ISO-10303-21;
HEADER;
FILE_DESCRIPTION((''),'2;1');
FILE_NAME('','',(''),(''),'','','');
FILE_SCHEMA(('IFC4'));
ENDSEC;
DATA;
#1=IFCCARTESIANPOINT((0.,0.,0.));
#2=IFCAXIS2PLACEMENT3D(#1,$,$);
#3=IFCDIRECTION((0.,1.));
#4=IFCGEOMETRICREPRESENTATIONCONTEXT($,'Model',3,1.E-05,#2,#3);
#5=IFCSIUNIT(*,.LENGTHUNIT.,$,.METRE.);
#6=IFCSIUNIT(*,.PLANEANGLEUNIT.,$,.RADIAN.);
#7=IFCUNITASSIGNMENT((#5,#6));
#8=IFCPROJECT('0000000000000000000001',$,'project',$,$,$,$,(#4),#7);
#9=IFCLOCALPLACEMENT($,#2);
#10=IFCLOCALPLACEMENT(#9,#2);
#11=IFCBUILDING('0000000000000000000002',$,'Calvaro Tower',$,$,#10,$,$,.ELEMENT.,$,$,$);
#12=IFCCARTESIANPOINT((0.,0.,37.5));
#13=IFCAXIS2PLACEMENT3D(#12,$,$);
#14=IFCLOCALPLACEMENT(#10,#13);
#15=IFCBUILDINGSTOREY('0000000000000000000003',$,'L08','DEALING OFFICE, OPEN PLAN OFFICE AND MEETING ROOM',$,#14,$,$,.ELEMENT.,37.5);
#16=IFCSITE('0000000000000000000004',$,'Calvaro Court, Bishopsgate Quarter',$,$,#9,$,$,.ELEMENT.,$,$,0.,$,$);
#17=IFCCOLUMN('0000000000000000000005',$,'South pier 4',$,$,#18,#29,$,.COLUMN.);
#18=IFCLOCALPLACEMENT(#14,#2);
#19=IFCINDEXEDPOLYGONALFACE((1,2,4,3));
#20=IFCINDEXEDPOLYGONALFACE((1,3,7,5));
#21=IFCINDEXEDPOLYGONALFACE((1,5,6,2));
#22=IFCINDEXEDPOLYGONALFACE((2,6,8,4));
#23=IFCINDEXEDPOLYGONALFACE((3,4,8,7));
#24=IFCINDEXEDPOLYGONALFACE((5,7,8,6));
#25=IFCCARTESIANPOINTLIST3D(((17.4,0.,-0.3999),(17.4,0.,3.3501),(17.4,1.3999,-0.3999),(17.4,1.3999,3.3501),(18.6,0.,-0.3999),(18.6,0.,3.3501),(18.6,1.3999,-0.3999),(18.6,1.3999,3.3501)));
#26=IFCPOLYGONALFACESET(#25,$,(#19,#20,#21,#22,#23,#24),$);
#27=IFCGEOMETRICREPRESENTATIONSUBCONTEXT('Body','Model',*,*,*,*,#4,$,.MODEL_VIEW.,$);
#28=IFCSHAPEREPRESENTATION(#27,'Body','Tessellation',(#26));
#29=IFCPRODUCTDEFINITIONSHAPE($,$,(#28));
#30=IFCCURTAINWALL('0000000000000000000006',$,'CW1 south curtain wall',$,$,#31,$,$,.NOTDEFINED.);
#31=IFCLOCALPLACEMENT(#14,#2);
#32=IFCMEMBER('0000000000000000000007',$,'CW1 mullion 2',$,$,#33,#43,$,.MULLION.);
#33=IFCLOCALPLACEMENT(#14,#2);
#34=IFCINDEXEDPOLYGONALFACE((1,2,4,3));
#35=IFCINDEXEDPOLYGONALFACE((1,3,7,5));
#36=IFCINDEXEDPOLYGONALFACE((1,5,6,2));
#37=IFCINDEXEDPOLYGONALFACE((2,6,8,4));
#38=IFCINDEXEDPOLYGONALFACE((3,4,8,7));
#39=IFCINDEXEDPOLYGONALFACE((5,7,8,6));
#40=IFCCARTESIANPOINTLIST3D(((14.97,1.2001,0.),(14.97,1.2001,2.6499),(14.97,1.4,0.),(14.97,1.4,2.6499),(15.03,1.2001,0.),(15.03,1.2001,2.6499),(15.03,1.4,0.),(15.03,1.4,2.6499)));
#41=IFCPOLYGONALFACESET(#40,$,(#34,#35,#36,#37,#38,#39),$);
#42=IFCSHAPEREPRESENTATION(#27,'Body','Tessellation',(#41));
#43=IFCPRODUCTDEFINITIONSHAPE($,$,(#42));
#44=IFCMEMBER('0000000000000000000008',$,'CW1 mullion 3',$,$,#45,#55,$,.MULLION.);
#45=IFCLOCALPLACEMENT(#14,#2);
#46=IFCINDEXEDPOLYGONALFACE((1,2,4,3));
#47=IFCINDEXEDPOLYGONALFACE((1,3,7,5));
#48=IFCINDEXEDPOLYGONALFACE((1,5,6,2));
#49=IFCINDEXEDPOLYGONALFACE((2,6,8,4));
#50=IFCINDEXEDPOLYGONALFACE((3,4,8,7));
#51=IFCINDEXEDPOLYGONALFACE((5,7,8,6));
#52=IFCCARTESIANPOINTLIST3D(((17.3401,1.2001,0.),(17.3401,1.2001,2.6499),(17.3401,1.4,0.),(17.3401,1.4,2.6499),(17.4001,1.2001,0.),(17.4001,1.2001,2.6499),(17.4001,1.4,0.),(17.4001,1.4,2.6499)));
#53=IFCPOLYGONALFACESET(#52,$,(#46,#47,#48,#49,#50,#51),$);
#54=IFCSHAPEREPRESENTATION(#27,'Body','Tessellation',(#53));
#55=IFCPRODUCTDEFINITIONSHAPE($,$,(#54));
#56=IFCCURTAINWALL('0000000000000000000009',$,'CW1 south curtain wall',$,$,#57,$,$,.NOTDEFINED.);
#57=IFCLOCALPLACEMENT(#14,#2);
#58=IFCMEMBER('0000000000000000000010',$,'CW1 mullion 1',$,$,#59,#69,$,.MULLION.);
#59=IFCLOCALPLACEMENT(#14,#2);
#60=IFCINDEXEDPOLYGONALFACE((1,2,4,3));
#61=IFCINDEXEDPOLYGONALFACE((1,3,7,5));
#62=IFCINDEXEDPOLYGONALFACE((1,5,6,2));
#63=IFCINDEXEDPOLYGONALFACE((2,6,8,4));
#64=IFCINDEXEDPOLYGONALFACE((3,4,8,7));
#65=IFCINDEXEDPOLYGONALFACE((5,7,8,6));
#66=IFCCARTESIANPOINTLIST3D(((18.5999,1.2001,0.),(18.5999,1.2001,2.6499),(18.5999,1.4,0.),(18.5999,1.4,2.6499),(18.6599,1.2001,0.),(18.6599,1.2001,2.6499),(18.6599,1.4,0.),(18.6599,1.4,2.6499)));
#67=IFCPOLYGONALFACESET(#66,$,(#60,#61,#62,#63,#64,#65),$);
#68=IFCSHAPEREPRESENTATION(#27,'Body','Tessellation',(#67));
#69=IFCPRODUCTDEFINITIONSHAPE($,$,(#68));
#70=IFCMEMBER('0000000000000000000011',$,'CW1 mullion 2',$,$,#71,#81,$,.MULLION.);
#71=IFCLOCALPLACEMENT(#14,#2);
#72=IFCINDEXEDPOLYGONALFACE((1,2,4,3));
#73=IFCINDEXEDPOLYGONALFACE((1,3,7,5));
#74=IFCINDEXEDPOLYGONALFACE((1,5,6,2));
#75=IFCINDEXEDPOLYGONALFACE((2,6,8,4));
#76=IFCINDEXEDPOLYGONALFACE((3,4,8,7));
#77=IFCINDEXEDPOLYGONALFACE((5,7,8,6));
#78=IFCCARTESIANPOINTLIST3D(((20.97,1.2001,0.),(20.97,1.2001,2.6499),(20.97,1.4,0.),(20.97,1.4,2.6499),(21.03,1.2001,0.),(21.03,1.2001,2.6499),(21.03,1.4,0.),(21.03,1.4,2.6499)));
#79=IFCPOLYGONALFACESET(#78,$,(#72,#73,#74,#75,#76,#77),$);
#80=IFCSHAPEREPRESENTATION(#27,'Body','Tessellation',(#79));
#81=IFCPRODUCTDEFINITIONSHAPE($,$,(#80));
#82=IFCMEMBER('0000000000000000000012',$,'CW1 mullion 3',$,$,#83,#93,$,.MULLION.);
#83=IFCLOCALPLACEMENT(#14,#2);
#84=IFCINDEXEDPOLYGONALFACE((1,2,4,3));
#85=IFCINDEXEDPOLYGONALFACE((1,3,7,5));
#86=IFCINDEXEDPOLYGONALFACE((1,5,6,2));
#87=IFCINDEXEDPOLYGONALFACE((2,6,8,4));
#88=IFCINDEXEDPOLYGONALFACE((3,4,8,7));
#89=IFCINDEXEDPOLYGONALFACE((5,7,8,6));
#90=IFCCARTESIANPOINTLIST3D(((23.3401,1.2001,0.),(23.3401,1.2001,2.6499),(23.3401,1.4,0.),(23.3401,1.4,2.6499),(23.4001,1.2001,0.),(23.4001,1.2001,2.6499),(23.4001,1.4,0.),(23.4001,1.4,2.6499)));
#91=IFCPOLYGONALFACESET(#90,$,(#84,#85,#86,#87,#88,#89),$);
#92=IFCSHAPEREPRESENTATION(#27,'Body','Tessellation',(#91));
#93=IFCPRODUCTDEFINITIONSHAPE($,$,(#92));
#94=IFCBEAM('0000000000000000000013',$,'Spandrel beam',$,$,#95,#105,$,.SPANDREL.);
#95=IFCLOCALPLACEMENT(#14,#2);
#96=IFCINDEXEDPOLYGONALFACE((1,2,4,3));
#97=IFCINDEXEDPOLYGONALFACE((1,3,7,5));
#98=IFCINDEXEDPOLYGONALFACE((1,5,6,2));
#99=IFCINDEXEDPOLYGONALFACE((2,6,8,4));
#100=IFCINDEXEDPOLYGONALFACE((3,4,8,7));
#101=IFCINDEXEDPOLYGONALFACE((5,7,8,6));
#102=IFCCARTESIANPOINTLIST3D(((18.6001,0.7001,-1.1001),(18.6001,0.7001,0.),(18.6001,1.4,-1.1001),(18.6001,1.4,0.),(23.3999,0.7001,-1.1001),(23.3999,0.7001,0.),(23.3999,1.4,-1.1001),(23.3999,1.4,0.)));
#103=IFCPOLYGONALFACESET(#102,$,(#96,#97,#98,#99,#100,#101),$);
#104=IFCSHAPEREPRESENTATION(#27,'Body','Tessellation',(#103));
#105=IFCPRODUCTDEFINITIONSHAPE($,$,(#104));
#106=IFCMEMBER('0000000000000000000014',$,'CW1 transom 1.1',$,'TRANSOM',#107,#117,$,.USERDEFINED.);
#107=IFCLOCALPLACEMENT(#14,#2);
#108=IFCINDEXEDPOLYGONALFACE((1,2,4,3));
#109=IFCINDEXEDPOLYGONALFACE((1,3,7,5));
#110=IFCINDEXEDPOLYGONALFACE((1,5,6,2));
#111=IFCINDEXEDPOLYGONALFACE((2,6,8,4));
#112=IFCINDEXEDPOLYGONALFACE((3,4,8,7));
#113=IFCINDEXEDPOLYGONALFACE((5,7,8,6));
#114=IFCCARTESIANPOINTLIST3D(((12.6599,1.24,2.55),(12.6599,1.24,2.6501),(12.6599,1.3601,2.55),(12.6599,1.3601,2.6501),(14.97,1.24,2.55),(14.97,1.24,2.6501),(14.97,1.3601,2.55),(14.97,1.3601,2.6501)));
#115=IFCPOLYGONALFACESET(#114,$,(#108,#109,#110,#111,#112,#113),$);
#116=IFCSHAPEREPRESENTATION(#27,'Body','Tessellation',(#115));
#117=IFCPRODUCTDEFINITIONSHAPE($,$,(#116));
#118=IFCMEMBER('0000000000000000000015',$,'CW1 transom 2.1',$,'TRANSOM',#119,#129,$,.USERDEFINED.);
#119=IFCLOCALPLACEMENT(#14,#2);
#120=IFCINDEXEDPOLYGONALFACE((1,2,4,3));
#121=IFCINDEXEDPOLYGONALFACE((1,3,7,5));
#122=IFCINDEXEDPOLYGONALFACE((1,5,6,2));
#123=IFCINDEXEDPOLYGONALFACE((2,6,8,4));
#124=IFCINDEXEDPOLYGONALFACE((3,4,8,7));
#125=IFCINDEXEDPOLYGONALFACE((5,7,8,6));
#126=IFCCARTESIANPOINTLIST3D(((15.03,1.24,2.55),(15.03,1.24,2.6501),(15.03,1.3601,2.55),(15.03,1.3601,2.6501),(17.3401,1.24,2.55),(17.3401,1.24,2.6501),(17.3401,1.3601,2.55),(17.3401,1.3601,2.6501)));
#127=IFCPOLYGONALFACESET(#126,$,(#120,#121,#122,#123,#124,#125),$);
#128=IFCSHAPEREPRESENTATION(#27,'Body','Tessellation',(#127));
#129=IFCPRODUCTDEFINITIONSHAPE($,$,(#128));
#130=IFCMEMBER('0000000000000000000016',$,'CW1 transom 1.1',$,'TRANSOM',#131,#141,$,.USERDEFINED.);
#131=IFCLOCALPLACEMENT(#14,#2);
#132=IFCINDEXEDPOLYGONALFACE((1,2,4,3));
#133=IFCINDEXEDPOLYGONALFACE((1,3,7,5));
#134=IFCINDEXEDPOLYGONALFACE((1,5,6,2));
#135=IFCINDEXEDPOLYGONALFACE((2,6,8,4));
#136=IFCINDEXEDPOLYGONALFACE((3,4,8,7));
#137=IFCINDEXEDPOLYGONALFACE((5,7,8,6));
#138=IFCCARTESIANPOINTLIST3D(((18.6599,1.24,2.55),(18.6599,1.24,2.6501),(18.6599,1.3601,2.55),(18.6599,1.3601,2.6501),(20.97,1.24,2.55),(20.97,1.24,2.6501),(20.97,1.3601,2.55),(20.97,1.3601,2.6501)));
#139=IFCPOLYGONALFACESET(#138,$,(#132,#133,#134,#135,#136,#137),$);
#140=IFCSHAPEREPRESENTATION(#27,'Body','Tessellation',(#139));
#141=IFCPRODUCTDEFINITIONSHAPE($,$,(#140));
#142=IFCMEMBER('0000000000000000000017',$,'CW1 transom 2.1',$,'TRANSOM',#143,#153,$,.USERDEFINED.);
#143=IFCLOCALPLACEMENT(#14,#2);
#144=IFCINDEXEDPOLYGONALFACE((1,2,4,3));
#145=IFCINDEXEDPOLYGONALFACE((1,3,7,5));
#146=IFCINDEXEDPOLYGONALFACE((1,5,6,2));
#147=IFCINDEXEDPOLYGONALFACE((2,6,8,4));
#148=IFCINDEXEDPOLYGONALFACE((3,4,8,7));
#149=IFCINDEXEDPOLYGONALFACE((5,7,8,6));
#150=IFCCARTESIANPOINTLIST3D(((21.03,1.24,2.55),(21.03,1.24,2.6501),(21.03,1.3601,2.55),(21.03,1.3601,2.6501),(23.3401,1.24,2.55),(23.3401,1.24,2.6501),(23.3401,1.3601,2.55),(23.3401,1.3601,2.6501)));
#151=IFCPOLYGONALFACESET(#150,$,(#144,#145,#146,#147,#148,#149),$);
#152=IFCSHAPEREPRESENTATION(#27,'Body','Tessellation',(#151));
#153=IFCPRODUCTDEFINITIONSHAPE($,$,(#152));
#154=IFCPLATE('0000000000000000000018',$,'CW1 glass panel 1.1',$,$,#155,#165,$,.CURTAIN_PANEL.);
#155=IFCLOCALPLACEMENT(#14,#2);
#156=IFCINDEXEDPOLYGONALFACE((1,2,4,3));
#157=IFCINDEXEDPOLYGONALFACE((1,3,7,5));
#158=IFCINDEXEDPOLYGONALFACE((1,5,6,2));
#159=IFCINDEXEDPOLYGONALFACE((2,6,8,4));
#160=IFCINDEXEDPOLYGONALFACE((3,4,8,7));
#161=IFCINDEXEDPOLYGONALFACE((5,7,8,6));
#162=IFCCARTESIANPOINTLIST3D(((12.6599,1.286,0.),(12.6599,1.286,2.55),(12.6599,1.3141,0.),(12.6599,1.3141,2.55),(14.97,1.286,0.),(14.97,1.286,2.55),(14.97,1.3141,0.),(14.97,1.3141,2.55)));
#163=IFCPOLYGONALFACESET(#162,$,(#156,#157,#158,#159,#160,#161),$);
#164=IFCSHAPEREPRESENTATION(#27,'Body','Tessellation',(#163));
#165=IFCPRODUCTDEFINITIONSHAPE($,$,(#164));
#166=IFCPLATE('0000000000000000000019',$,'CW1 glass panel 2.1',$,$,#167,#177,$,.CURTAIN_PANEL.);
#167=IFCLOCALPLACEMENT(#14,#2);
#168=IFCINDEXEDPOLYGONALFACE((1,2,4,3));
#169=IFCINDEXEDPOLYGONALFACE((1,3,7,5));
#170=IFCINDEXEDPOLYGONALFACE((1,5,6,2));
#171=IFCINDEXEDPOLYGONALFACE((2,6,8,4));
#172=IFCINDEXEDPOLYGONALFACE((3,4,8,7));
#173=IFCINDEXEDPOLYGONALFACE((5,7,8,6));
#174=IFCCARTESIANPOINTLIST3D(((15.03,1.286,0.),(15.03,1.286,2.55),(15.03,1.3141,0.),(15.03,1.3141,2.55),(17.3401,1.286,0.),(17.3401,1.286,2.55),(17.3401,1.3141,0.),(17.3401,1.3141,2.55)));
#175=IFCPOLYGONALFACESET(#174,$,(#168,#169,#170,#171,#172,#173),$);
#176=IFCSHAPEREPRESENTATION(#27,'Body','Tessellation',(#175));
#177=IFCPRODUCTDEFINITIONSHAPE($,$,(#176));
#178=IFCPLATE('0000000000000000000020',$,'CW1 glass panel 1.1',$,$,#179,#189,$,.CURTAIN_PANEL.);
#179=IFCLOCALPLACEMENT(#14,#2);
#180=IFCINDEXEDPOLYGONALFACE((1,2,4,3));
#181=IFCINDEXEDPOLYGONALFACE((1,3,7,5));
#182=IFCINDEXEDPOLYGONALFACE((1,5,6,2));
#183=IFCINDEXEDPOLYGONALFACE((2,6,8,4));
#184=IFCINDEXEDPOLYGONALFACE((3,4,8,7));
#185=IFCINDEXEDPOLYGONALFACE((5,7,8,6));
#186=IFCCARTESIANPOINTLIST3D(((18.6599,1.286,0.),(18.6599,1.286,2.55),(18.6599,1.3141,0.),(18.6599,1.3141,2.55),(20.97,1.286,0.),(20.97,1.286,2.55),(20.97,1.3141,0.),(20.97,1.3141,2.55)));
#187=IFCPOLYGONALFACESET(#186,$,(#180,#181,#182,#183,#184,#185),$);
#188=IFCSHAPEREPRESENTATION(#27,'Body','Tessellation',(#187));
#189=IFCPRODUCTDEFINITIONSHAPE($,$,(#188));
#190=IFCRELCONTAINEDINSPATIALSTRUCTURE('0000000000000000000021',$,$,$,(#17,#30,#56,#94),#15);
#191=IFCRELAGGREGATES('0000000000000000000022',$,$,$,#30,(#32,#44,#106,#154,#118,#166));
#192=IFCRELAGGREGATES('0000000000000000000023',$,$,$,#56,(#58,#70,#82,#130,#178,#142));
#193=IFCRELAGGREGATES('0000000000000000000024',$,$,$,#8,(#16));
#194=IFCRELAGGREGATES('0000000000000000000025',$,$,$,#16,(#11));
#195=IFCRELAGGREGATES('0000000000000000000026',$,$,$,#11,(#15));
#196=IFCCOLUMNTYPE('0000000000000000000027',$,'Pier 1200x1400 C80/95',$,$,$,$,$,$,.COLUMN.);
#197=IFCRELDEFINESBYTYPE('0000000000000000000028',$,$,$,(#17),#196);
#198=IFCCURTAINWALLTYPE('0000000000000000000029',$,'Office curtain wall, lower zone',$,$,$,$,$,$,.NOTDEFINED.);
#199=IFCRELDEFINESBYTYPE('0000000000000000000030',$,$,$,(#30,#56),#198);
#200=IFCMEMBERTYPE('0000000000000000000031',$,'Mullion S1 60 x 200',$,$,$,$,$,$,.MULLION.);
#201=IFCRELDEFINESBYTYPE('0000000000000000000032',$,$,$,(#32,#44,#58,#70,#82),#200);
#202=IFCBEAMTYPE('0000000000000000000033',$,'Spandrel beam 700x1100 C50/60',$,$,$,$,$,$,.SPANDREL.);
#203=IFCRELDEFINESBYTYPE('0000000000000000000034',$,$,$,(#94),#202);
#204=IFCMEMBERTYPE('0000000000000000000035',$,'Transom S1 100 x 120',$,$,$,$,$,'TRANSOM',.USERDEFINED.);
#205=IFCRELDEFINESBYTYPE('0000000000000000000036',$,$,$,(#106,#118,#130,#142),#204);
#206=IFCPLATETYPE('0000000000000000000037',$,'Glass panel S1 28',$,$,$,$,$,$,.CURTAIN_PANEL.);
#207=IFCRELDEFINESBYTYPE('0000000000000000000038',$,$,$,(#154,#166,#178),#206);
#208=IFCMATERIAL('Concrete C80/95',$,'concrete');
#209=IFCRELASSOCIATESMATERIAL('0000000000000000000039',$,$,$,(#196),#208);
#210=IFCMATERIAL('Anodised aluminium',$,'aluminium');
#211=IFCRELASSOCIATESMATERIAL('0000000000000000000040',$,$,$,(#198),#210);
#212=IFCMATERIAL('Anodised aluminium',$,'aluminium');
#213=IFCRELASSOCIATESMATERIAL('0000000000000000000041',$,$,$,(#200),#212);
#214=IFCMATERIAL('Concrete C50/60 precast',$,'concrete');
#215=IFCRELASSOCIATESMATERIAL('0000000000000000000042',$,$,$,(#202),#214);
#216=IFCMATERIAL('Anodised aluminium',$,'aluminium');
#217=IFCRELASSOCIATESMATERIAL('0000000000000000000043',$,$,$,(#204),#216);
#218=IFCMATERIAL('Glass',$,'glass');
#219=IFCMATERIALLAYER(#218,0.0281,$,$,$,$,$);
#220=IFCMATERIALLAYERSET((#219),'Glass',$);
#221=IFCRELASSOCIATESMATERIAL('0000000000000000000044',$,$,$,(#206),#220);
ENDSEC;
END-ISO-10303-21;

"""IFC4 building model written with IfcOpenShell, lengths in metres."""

from ifc_helpers import new_model, si_unit, direction, frame, origin, origin_2d, place, context, subcontext, project, spatial, rectangle, extrude, material, layer, layer_set, material_profile, profile_set, type_object, element, aggregate, save


model = new_model("IFC4")

# Units and contexts
model_context = context("Model", 3, precision=1e-05, world=origin(), true_north=direction((0.0, 1.0)))
body_context = subcontext(model_context, "Body", "Model", "MODEL_VIEW")
ifc_project = project(units=[si_unit("LENGTHUNIT", "METRE"), si_unit("PLANEANGLEUNIT", "RADIAN")], contexts=[model_context])

# Site, building, storey
site_placement = place(None, origin())
site = spatial("IfcSite", under=ifc_project, at=site_placement, Name="Calvaro Court, Bishopsgate Quarter", CompositionType="ELEMENT", RefElevation=0.0)
building_placement = place(site_placement, origin())
building = spatial("IfcBuilding", under=site, at=building_placement, Name="Calvaro Tower", CompositionType="ELEMENT")
storey_placement = place(building_placement, frame((0.0, 0.0, 37.5)))
storey = spatial("IfcBuildingStorey", under=building, at=storey_placement, Name="L08", Description="DEALING OFFICE, OPEN PLAN OFFICE AND MEETING ROOM", CompositionType="ELEMENT", Elevation=37.5)

# Column
ifc_material_1 = material(Name="Concrete C80/95", Category="concrete")
ifc_material_profile_1 = material_profile(ifc_material_1, rectangle(XDim=1.2, YDim=1.3999, at=origin_2d()), Name="RC 1200x1400")
ifc_profile_set_1 = profile_set([ifc_material_profile_1], Name="Concrete C80/95")
column_type = type_object("IfcColumnType", Name="Pier 1200x1400 C80/95", PredefinedType="COLUMN", material=ifc_profile_set_1)
column_placement = place(storey_placement, frame((18.0, 0.7, -0.3999), z_axis=(0.0, 0.0, 1.0), x_axis=(1.0, 0.0, 0.0)))
element("IfcColumn", 1, at=column_placement, inside=storey, type_object=column_type, Name="South pier 4", PredefinedType="COLUMN", context=body_context, shape_type="SweptSolid", body=[
    extrude(rectangle(XDim=1.2, YDim=1.3999, at=origin_2d()), origin(), (0.0, 0.0, 1.0), 3.75),
])

# Curtain walls, members
ifc_material_2 = material(Name="Anodised aluminium", Category="aluminium")
curtain_wall_type = type_object("IfcCurtainWallType", Name="Office curtain wall, lower zone", PredefinedType="NOTDEFINED", material=ifc_material_2)
curtain_wall_1_placement = place(storey_placement, origin())
curtain_wall_1 = element("IfcCurtainWall", 2, at=curtain_wall_1_placement, inside=storey, type_object=curtain_wall_type, Name="CW1 south curtain wall", PredefinedType="NOTDEFINED")
ifc_material_3 = material(Name="Anodised aluminium", Category="aluminium")
ifc_material_profile_2 = material_profile(ifc_material_3, rectangle(XDim=0.2, YDim=0.0601, at=origin_2d()), Name="Mullion S1 60 x 200")
ifc_profile_set_2 = profile_set([ifc_material_profile_2], Name="Anodised aluminium")
member_type_1 = type_object("IfcMemberType", Name="Mullion S1 60 x 200", PredefinedType="MULLION", material=ifc_profile_set_2)
member_1_placement = place(storey_placement, frame((15.0, 1.3, 0.0), z_axis=(0.0, 0.0, 1.0), x_axis=(0.0, 1.0, 0.0)))
member_1 = element("IfcMember", 3, at=member_1_placement, type_object=member_type_1, Name="CW1 mullion 2", PredefinedType="MULLION", context=body_context, shape_type="SweptSolid", body=[
    extrude(rectangle(XDim=0.2, YDim=0.0601, at=origin_2d()), origin(), (0.0, 0.0, 1.0), 2.6499),
])
member_2_placement = place(storey_placement, frame((17.3701, 1.3, 0.0), z_axis=(0.0, 0.0, 1.0), x_axis=(0.0, 1.0, 0.0)))
member_2 = element("IfcMember", 4, at=member_2_placement, type_object=member_type_1, Name="CW1 mullion 3", PredefinedType="MULLION", context=body_context, shape_type="SweptSolid", body=[
    extrude(rectangle(XDim=0.2, YDim=0.0601, at=origin_2d()), origin(), (0.0, 0.0, 1.0), 2.6499),
])
curtain_wall_2_placement = place(storey_placement, origin())
curtain_wall_2 = element("IfcCurtainWall", 5, at=curtain_wall_2_placement, inside=storey, type_object=curtain_wall_type, Name="CW1 south curtain wall", PredefinedType="NOTDEFINED")
member_3_placement = place(storey_placement, frame((18.6299, 1.3, 0.0), z_axis=(0.0, 0.0, 1.0), x_axis=(0.0, 1.0, 0.0)))
member_3 = element("IfcMember", 6, at=member_3_placement, type_object=member_type_1, Name="CW1 mullion 1", PredefinedType="MULLION", context=body_context, shape_type="SweptSolid", body=[
    extrude(rectangle(XDim=0.2, YDim=0.0601, at=origin_2d()), origin(), (0.0, 0.0, 1.0), 2.6499),
])
member_4_placement = place(storey_placement, frame((21.0, 1.3, 0.0), z_axis=(0.0, 0.0, 1.0), x_axis=(0.0, 1.0, 0.0)))
member_4 = element("IfcMember", 7, at=member_4_placement, type_object=member_type_1, Name="CW1 mullion 2", PredefinedType="MULLION", context=body_context, shape_type="SweptSolid", body=[
    extrude(rectangle(XDim=0.2, YDim=0.0601, at=origin_2d()), origin(), (0.0, 0.0, 1.0), 2.6499),
])
member_5_placement = place(storey_placement, frame((23.3701, 1.3, 0.0), z_axis=(0.0, 0.0, 1.0), x_axis=(0.0, 1.0, 0.0)))
member_5 = element("IfcMember", 8, at=member_5_placement, type_object=member_type_1, Name="CW1 mullion 3", PredefinedType="MULLION", context=body_context, shape_type="SweptSolid", body=[
    extrude(rectangle(XDim=0.2, YDim=0.0601, at=origin_2d()), origin(), (0.0, 0.0, 1.0), 2.6499),
])

# Beam
ifc_material_4 = material(Name="Concrete C50/60 precast", Category="concrete")
ifc_material_profile_3 = material_profile(ifc_material_4, rectangle(XDim=0.7, YDim=1.1001, at=origin_2d()), Name="RC 700x1100")
ifc_profile_set_3 = profile_set([ifc_material_profile_3], Name="Concrete C50/60 precast")
beam_type = type_object("IfcBeamType", Name="Spandrel beam 700x1100 C50/60", PredefinedType="SPANDREL", material=ifc_profile_set_3)
beam_placement = place(storey_placement, frame((18.6001, 1.05, -0.55), z_axis=(1.0, 0.0, 0.0), x_axis=(0.0, 1.0, 0.0)))
element("IfcBeam", 9, at=beam_placement, inside=storey, type_object=beam_type, Name="Spandrel beam", PredefinedType="SPANDREL", context=body_context, shape_type="SweptSolid", body=[
    extrude(rectangle(XDim=0.7, YDim=1.1001, at=origin_2d()), origin(), (0.0, 0.0, 1.0), 4.7998),
])

# Members
ifc_material_5 = material(Name="Anodised aluminium", Category="aluminium")
ifc_material_profile_4 = material_profile(ifc_material_5, rectangle(XDim=0.1201, YDim=0.1001, at=origin_2d()), Name="Transom S1 100 x 120")
ifc_profile_set_4 = profile_set([ifc_material_profile_4], Name="Anodised aluminium")
member_type_2 = type_object("IfcMemberType", Name="Transom S1 100 x 120", ElementType="TRANSOM", PredefinedType="USERDEFINED", material=ifc_profile_set_4)
member_6_placement = place(storey_placement, frame((12.6599, 1.3, 2.6001), z_axis=(1.0, 0.0, 0.0), x_axis=(0.0, 1.0, 0.0)))
member_6 = element("IfcMember", 10, at=member_6_placement, type_object=member_type_2, Name="CW1 transom 1.1", ObjectType="TRANSOM", PredefinedType="USERDEFINED", context=body_context, shape_type="SweptSolid", body=[
    extrude(rectangle(XDim=0.1201, YDim=0.1001, at=origin_2d()), origin(), (0.0, 0.0, 1.0), 2.3101),
])
member_7_placement = place(storey_placement, frame((15.03, 1.3, 2.6001), z_axis=(1.0, 0.0, 0.0), x_axis=(0.0, 1.0, 0.0)))
member_7 = element("IfcMember", 11, at=member_7_placement, type_object=member_type_2, Name="CW1 transom 2.1", ObjectType="TRANSOM", PredefinedType="USERDEFINED", context=body_context, shape_type="SweptSolid", body=[
    extrude(rectangle(XDim=0.1201, YDim=0.1001, at=origin_2d()), origin(), (0.0, 0.0, 1.0), 2.3101),
])
member_8_placement = place(storey_placement, frame((18.6599, 1.3, 2.6001), z_axis=(1.0, 0.0, 0.0), x_axis=(0.0, 1.0, 0.0)))
member_8 = element("IfcMember", 12, at=member_8_placement, type_object=member_type_2, Name="CW1 transom 1.1", ObjectType="TRANSOM", PredefinedType="USERDEFINED", context=body_context, shape_type="SweptSolid", body=[
    extrude(rectangle(XDim=0.1201, YDim=0.1001, at=origin_2d()), origin(), (0.0, 0.0, 1.0), 2.3101),
])
member_9_placement = place(storey_placement, frame((21.03, 1.3, 2.6001), z_axis=(1.0, 0.0, 0.0), x_axis=(0.0, 1.0, 0.0)))
member_9 = element("IfcMember", 13, at=member_9_placement, type_object=member_type_2, Name="CW1 transom 2.1", ObjectType="TRANSOM", PredefinedType="USERDEFINED", context=body_context, shape_type="SweptSolid", body=[
    extrude(rectangle(XDim=0.1201, YDim=0.1001, at=origin_2d()), origin(), (0.0, 0.0, 1.0), 2.3101),
])

# Plates
ifc_material_6 = material(Name="Glass", Category="glass")
ifc_layer = layer(ifc_material_6, 0.0281)
ifc_layer_set = layer_set([ifc_layer], Name="Glass")
plate_type = type_object("IfcPlateType", Name="Glass panel S1 28", PredefinedType="CURTAIN_PANEL", material=ifc_layer_set)
plate_1_placement = place(storey_placement, frame((13.8149, 1.3, 0.0), z_axis=(0.0, 0.0, 1.0), x_axis=(1.0, 0.0, 0.0)))
plate_1 = element("IfcPlate", 14, at=plate_1_placement, type_object=plate_type, Name="CW1 glass panel 1.1", PredefinedType="CURTAIN_PANEL", context=body_context, shape_type="SweptSolid", body=[
    extrude(rectangle(XDim=2.3101, YDim=0.0281, at=origin_2d()), origin(), (0.0, 0.0, 1.0), 2.55),
])
plate_2_placement = place(storey_placement, frame((16.1851, 1.3, 0.0), z_axis=(0.0, 0.0, 1.0), x_axis=(1.0, 0.0, 0.0)))
plate_2 = element("IfcPlate", 15, at=plate_2_placement, type_object=plate_type, Name="CW1 glass panel 2.1", PredefinedType="CURTAIN_PANEL", context=body_context, shape_type="SweptSolid", body=[
    extrude(rectangle(XDim=2.3101, YDim=0.0281, at=origin_2d()), origin(), (0.0, 0.0, 1.0), 2.55),
])
aggregate(curtain_wall_1, [member_1, member_2, member_6, plate_1, member_7, plate_2])
plate_3_placement = place(storey_placement, frame((19.8149, 1.3, 0.0), z_axis=(0.0, 0.0, 1.0), x_axis=(1.0, 0.0, 0.0)))
plate_3 = element("IfcPlate", 16, at=plate_3_placement, type_object=plate_type, Name="CW1 glass panel 1.1", PredefinedType="CURTAIN_PANEL", context=body_context, shape_type="SweptSolid", body=[
    extrude(rectangle(XDim=2.3101, YDim=0.0281, at=origin_2d()), origin(), (0.0, 0.0, 1.0), 2.55),
])
aggregate(curtain_wall_2, [member_3, member_4, member_5, member_8, plate_3, member_9])

save(model, "model.ifc")
